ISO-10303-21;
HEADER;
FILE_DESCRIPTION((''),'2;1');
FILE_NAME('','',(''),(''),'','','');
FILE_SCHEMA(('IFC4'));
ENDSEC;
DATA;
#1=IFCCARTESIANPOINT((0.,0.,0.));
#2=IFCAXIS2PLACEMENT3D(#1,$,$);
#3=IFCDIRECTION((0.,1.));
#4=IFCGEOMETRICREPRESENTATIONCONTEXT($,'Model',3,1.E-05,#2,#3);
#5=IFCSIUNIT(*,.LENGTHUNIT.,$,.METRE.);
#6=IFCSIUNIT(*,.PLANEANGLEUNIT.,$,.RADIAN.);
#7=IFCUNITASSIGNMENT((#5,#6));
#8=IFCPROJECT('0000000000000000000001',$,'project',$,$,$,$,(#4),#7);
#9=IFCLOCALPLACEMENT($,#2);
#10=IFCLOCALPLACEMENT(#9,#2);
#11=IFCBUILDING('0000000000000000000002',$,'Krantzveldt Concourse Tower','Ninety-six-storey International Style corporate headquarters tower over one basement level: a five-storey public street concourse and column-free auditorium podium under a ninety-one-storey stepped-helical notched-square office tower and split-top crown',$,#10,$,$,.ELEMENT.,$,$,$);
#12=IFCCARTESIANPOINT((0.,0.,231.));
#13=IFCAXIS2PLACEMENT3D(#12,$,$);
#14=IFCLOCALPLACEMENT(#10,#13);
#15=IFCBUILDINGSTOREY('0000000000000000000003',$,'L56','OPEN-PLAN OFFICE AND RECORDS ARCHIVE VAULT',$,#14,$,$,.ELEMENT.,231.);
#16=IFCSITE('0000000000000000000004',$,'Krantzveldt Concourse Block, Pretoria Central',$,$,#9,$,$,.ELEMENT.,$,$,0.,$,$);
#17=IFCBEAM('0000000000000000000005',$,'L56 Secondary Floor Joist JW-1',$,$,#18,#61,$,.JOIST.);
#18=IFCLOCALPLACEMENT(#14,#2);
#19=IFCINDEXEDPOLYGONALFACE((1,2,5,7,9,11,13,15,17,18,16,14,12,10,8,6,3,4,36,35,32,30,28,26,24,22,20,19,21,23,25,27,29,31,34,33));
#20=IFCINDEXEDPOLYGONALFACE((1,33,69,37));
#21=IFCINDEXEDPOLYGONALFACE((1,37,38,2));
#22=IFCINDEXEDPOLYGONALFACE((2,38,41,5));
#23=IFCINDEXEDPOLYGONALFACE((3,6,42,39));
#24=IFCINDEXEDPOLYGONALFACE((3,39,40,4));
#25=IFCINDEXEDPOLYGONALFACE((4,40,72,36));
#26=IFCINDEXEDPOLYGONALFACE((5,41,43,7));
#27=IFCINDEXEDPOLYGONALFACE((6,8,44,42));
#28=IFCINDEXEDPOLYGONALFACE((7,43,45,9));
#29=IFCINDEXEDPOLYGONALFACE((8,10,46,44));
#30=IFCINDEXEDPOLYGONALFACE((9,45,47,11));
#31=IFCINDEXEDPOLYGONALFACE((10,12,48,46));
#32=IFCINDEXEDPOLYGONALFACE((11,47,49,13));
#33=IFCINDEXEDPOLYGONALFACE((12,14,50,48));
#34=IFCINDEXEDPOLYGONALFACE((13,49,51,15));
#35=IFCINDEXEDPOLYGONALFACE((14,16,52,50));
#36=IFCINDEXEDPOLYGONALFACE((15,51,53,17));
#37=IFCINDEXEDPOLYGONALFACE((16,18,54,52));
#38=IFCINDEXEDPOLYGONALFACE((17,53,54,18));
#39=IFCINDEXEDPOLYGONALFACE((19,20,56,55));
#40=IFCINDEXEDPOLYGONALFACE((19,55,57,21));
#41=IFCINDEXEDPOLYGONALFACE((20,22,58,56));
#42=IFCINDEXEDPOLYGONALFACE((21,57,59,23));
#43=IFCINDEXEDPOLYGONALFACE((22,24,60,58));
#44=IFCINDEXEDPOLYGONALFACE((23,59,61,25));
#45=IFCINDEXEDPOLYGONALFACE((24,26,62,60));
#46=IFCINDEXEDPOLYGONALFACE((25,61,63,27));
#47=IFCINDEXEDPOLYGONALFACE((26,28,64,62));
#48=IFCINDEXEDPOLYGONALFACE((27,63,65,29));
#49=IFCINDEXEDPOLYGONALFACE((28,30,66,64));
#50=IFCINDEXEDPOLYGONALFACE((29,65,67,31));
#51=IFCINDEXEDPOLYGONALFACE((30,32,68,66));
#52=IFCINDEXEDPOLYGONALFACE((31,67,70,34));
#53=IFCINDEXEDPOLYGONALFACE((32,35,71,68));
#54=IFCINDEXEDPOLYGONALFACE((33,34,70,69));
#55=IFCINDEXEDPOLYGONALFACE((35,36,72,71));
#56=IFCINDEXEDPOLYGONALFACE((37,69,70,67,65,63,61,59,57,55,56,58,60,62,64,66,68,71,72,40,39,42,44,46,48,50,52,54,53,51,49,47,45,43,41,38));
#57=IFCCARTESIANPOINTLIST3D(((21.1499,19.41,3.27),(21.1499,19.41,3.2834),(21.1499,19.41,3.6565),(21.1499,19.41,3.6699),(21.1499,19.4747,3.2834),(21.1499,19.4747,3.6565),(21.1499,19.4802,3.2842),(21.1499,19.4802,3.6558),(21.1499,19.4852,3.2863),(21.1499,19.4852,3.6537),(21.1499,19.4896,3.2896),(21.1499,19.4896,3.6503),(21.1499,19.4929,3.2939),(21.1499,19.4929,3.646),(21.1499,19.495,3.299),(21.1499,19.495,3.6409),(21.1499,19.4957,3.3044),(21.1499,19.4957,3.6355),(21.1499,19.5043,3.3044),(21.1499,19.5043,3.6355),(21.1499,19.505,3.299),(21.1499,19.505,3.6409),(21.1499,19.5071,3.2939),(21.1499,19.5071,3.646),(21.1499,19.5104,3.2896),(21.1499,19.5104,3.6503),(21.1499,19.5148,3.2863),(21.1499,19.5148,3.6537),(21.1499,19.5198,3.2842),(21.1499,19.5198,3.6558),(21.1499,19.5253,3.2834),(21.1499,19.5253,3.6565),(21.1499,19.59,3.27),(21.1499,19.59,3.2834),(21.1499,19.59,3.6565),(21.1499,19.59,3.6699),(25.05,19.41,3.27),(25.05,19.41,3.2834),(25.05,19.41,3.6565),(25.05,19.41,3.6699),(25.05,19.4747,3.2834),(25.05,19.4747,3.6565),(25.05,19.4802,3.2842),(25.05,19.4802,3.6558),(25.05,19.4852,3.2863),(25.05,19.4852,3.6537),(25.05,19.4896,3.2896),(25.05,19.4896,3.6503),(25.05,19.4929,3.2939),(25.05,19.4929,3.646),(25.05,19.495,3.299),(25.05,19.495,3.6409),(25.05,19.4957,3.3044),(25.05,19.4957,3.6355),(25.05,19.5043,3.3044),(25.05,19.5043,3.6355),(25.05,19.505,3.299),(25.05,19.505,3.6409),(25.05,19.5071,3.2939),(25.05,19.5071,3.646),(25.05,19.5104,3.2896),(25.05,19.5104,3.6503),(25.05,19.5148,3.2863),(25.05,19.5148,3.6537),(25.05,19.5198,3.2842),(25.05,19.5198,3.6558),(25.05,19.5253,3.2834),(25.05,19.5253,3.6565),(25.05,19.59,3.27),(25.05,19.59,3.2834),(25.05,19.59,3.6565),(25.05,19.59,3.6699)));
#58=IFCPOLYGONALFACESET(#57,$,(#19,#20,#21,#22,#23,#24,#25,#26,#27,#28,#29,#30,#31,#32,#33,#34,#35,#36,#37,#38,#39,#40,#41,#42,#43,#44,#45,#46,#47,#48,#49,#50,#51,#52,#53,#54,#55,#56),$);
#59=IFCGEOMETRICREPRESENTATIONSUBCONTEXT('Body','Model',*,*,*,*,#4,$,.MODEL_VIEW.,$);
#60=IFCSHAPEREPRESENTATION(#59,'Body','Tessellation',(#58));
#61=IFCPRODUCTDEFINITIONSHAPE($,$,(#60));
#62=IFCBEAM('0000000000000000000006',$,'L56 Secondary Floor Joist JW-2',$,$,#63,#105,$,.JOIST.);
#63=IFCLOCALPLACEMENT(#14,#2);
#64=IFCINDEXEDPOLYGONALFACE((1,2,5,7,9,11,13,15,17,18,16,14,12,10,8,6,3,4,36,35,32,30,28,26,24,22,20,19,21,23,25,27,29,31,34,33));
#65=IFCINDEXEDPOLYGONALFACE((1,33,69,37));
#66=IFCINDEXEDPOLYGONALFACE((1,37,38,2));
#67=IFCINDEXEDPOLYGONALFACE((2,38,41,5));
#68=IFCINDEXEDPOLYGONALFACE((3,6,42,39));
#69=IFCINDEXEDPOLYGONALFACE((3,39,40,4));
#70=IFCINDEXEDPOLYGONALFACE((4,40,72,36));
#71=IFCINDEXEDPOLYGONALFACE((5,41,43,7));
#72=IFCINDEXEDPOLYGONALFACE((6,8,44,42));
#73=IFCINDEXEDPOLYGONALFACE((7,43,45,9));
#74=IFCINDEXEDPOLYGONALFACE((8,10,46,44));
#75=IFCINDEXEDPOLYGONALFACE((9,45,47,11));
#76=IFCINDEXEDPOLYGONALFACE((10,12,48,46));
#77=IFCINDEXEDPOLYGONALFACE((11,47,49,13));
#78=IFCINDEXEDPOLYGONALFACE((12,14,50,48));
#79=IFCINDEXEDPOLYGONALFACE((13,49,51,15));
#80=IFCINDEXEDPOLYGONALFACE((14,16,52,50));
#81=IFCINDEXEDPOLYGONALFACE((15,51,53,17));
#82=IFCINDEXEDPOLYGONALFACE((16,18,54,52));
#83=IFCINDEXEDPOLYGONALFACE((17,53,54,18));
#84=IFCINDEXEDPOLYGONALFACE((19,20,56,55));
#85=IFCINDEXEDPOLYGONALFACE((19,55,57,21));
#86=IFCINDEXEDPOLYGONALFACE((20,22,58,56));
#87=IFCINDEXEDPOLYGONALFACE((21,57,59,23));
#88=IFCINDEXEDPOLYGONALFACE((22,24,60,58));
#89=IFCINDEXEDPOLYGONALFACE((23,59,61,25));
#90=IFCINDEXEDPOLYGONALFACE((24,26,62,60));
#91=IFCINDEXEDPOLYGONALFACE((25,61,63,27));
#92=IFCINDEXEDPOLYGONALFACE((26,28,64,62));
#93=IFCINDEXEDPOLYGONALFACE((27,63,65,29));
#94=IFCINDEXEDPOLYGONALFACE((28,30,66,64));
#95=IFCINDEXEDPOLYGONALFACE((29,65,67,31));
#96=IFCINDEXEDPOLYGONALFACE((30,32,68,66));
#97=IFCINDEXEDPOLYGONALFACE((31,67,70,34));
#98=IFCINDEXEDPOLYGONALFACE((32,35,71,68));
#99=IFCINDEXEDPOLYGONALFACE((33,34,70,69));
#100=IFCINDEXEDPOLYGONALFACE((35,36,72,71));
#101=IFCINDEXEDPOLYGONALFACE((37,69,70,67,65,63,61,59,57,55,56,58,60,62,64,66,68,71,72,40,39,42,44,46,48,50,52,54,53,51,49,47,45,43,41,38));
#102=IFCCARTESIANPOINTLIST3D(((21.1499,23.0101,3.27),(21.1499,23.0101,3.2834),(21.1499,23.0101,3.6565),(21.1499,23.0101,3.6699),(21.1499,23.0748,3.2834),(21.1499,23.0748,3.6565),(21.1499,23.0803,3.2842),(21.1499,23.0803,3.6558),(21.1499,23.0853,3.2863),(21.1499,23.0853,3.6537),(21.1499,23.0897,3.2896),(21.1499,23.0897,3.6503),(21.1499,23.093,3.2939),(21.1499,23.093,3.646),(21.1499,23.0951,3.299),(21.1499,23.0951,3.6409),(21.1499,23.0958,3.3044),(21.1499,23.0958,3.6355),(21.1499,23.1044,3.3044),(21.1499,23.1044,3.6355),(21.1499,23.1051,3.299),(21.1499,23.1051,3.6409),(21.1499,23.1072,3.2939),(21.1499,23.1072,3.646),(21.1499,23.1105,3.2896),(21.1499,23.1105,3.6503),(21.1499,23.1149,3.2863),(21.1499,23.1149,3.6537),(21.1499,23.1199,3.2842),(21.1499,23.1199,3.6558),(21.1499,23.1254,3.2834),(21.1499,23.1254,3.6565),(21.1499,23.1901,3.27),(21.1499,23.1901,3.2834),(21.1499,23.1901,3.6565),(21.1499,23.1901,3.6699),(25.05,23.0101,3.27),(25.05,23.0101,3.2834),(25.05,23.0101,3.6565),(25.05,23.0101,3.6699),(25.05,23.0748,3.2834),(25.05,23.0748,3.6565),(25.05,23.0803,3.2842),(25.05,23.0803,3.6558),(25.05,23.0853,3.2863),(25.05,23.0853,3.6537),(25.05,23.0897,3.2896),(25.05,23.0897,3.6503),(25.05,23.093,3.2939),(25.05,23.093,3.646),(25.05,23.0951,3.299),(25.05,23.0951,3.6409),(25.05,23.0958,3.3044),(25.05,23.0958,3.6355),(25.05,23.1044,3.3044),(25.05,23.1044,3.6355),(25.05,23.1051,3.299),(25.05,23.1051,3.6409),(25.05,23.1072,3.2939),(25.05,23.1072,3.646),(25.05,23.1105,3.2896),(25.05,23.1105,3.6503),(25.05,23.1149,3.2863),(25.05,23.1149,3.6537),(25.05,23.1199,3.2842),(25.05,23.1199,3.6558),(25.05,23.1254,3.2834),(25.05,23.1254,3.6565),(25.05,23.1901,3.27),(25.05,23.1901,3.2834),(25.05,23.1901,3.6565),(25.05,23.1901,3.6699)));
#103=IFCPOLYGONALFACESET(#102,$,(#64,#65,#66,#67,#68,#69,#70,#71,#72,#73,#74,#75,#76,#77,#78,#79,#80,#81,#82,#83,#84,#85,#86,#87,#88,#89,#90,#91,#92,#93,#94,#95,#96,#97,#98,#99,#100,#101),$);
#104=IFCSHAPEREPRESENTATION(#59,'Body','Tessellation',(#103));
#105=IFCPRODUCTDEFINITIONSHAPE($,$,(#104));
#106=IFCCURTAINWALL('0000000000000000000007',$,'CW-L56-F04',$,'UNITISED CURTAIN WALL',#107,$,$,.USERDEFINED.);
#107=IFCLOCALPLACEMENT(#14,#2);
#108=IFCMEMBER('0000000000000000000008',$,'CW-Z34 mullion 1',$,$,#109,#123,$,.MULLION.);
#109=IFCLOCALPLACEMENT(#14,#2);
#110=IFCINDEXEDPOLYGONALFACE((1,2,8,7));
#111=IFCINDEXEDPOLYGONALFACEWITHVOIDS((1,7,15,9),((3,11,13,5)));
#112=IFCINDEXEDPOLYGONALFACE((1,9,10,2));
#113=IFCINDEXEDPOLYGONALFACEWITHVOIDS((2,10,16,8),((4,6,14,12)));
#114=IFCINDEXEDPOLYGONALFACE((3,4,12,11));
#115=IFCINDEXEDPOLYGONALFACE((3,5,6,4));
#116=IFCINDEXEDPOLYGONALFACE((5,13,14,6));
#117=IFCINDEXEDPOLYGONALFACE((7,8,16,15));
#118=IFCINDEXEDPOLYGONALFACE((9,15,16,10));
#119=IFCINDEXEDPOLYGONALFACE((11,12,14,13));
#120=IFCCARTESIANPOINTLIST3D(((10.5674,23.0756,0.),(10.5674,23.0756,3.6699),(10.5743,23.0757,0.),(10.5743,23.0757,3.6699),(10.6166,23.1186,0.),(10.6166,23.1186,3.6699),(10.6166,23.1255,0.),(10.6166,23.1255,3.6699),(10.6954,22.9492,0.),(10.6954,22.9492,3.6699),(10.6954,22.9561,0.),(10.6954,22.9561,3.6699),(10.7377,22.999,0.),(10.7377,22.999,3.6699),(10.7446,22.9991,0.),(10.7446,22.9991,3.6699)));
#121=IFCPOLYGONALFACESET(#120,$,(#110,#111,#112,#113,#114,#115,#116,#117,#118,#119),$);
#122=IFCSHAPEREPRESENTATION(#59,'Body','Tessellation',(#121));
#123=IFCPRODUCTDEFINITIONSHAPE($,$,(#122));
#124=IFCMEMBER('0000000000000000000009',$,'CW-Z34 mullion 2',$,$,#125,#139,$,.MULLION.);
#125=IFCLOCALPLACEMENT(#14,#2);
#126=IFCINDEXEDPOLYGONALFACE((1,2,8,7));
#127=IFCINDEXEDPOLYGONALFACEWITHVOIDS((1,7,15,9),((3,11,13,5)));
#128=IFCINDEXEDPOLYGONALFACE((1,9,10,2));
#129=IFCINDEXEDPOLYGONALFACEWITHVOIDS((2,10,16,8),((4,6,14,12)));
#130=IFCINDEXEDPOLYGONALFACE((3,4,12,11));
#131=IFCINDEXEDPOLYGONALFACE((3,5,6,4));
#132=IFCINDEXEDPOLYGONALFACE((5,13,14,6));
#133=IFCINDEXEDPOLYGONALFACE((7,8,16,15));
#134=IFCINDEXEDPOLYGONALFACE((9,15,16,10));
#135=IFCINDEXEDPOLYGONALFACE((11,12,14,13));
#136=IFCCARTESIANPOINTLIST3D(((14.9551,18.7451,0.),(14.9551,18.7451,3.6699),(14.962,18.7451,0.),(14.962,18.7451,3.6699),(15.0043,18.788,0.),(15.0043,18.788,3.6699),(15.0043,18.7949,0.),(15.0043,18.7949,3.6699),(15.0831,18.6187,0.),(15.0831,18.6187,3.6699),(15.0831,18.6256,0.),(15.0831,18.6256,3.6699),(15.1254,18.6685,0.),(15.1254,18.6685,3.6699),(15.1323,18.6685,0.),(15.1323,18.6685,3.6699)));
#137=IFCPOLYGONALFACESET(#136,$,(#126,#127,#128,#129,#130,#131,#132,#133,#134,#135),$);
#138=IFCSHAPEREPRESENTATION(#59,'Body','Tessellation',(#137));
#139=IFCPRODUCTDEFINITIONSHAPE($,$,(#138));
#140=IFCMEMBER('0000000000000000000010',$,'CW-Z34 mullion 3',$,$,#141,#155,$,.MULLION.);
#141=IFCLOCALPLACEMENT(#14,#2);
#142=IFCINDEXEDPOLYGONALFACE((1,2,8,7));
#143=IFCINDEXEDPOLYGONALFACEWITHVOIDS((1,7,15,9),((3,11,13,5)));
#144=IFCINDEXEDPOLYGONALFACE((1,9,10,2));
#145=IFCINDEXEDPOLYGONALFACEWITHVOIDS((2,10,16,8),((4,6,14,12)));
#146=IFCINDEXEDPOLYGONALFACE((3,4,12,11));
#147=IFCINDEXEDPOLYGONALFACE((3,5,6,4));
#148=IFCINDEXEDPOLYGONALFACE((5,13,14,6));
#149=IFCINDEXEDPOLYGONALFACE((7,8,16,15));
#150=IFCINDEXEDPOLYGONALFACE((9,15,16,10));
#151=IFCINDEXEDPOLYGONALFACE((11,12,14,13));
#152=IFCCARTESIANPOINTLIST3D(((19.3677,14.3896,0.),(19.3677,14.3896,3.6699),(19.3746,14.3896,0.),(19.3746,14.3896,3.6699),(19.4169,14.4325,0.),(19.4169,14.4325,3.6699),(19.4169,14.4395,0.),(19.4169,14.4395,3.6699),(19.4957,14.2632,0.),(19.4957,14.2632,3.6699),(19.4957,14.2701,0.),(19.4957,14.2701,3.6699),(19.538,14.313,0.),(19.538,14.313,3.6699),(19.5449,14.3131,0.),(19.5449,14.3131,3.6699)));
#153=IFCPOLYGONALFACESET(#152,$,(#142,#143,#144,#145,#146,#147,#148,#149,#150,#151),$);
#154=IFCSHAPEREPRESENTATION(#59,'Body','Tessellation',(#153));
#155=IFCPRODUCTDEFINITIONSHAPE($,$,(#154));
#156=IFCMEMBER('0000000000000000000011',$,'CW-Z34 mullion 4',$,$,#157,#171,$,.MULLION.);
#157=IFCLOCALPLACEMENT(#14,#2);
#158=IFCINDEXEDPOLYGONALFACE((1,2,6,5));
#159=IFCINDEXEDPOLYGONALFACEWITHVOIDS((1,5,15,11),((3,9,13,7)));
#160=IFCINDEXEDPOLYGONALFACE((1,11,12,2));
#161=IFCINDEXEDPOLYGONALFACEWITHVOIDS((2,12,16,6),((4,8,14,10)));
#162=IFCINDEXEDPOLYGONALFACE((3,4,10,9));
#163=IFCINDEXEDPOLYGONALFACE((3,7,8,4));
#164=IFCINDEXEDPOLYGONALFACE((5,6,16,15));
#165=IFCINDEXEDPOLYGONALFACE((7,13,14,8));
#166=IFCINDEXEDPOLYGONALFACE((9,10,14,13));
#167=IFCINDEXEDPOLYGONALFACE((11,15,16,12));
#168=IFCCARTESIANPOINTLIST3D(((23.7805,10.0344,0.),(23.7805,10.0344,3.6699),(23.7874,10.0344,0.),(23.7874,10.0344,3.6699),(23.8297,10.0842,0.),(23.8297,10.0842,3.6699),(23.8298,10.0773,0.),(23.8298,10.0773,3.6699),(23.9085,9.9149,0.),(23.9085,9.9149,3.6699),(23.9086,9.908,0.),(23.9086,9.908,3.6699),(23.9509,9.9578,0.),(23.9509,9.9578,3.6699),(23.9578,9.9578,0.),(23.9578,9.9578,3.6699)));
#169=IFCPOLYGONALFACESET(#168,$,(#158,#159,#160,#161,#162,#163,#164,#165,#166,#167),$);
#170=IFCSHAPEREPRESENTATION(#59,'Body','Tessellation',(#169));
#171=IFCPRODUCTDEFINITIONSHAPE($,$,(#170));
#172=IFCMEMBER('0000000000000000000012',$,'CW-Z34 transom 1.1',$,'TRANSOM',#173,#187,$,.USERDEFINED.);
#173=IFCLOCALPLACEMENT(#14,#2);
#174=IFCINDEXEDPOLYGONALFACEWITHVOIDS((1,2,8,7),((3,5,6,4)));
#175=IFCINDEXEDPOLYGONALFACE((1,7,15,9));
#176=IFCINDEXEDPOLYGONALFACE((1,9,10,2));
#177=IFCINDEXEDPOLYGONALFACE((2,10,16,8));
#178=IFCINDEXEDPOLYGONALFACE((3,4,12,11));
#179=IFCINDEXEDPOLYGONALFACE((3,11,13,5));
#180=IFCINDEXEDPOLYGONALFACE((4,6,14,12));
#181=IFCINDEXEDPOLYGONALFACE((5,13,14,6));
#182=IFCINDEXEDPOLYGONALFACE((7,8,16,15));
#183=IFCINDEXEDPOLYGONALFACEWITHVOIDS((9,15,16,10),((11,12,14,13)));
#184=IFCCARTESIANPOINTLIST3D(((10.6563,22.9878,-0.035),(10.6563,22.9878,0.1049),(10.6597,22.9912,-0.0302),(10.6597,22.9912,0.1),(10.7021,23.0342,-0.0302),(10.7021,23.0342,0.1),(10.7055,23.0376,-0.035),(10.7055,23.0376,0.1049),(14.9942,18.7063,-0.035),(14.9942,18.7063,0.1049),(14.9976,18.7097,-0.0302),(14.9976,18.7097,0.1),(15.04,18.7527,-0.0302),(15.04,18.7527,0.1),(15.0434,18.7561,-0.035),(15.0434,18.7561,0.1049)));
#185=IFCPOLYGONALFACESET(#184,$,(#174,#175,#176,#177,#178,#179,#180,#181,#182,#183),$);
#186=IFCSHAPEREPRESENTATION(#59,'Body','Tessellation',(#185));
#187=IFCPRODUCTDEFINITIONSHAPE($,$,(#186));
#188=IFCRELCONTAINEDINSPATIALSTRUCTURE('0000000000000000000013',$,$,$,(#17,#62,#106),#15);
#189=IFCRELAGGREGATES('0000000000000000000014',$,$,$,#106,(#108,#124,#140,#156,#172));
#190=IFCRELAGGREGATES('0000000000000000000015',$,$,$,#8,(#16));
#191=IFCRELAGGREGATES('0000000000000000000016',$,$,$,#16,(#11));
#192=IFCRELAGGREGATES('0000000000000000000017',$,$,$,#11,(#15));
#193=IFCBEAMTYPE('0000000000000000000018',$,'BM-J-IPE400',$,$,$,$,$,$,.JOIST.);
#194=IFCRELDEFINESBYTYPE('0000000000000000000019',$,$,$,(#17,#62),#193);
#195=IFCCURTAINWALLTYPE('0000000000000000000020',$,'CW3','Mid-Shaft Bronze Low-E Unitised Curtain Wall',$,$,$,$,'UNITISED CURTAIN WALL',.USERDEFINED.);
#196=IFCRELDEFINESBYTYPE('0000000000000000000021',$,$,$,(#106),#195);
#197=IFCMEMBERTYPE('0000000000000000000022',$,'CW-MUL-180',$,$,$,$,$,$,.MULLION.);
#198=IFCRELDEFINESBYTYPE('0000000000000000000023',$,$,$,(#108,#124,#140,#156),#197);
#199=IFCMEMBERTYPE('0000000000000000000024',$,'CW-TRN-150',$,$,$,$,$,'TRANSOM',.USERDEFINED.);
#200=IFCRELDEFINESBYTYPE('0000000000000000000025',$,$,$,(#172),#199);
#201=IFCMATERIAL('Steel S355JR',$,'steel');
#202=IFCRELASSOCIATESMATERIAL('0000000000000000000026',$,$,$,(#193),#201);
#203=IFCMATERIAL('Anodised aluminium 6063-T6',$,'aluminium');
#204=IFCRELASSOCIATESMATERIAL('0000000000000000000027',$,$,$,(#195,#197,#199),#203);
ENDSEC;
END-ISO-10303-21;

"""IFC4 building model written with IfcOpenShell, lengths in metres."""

from ifc_helpers import new_model, si_unit, direction, frame, origin, origin_2d, place, context, subcontext, project, spatial, hollow_rectangle, i_section, extrude, source, transform, mapped, material, material_profile, profile_set, type_object, type_shapes, element, aggregate, save


model = new_model("IFC4")

# Units and contexts
model_context = context("Model", 3, precision=1e-05, world=origin(), true_north=direction((0.0, 1.0)))
body_context = subcontext(model_context, "Body", "Model", "MODEL_VIEW")
ifc_project = project(units=[si_unit("LENGTHUNIT", "METRE"), si_unit("PLANEANGLEUNIT", "RADIAN")], contexts=[model_context])

# Site, building, storey
site_placement = place(None, origin())
site = spatial("IfcSite", under=ifc_project, at=site_placement, Name="Krantzveldt Concourse Block, Pretoria Central", CompositionType="ELEMENT", RefElevation=0.0)
building_placement = place(site_placement, origin())
building = spatial("IfcBuilding", under=site, at=building_placement, Name="Krantzveldt Concourse Tower", Description="Ninety-six-storey International Style corporate headquarters tower over one basement level: a five-storey public street concourse and column-free auditorium podium under a ninety-one-storey stepped-helical notched-square office tower and split-top crown", CompositionType="ELEMENT")
storey_placement = place(building_placement, frame((0.0, 0.0, 231.0)))
storey = spatial("IfcBuildingStorey", under=building, at=storey_placement, Name="L56", Description="OPEN-PLAN OFFICE AND RECORDS ARCHIVE VAULT", CompositionType="ELEMENT", Elevation=231.0)

# Beams
ifc_material_1 = material(Name="Steel S355JR", Category="steel")
ifc_material_profile_1 = material_profile(ifc_material_1, i_section(OverallWidth=0.1799, OverallDepth=0.3999, WebThickness=0.0085, FlangeThickness=0.0134, FilletRadius=0.021, at=origin_2d()), Name="Steel S355JR", Category="steel")
ifc_profile_set_1 = profile_set([ifc_material_profile_1], Name="Steel S355JR - IPE 400")
beam_type_1 = type_object("IfcBeamType", Name="BM-J-IPE400", PredefinedType="JOIST", material=ifc_profile_set_1)
shared_shape_1 = source(origin(), body_context, "Body", "SweptSolid", [
    extrude(i_section(OverallWidth=0.1799, OverallDepth=0.3999, WebThickness=0.0085, FlangeThickness=0.0134, FilletRadius=0.021, at=origin_2d()), origin(), (0.0, 0.0, 1.0), 3.9001),
])
type_shapes(beam_type_1, [shared_shape_1])
for number, where, z_axis, x_axis, name in (
    (1, (21.1499, 19.5, 3.47), (1.0, 0.0, 0.0), (0.0, 1.0, 0.0), "L56 Secondary Floor Joist JW-1"),
    (2, (21.1499, 23.1001, 3.47), (1.0, 0.0, 0.0), (0.0, 1.0, 0.0), "L56 Secondary Floor Joist JW-2"),
):
    element("IfcBeam", number, at=place(storey_placement, frame(where, z_axis=z_axis, x_axis=x_axis)), inside=storey, type_object=beam_type_1, Name=name, PredefinedType="JOIST", context=body_context, shape_type="MappedRepresentation", body=[
        mapped(shared_shape_1, transform((0.0, 0.0, 0.0), x_axis=(1.0, 0.0, 0.0), y_axis=(0.0, 1.0, 0.0), z_axis=(0.0, 0.0, 1.0), scale=1.0)),
    ])

# Curtain wall, members
ifc_material_2 = material(Name="Anodised aluminium 6063-T6", Category="aluminium")
curtain_wall_type = type_object("IfcCurtainWallType", Name="CW3", Description="Mid-Shaft Bronze Low-E Unitised Curtain Wall", ElementType="UNITISED CURTAIN WALL", PredefinedType="USERDEFINED", material=ifc_material_2)
curtain_wall_placement = place(storey_placement, origin())
curtain_wall = element("IfcCurtainWall", 3, at=curtain_wall_placement, inside=storey, type_object=curtain_wall_type, Name="CW-L56-F04", ObjectType="UNITISED CURTAIN WALL", PredefinedType="USERDEFINED")
ifc_material_profile_2 = material_profile(ifc_material_2, hollow_rectangle(XDim=0.0701, YDim=0.1799, WallThickness=0.0049, at=origin_2d()), Name="Anodised aluminium 6063-T6", Category="aluminium")
ifc_profile_set_2 = profile_set([ifc_material_profile_2], Name="Anodised aluminium 6063-T6 - ALU-MULL 180x70x5")
member_type_1 = type_object("IfcMemberType", Name="CW-MUL-180", PredefinedType="MULLION", material=ifc_profile_set_2)
shared_shape_2 = source(origin(), body_context, "Body", "SweptSolid", [
    extrude(hollow_rectangle(XDim=0.0701, YDim=0.1799, WallThickness=0.0049, at=origin_2d()), origin(), (0.0, 0.0, 1.0), 3.6699),
])
type_shapes(member_type_1, [shared_shape_2])
member_1_placement = place(storey_placement, frame((10.656, 23.0374, 0.0), z_axis=(0.0, 0.0, 1.0), x_axis=(0.702464, 0.71172, 0.0)))
member_1 = element("IfcMember", 4, at=member_1_placement, type_object=member_type_1, Name="CW-Z34 mullion 1", PredefinedType="MULLION", context=body_context, shape_type="MappedRepresentation", body=[
    mapped(shared_shape_2, transform((0.0, 0.0, 0.0), x_axis=(1.0, 0.0, 0.0), y_axis=(0.0, 1.0, 0.0), z_axis=(0.0, 0.0, 1.0), scale=1.0)),
])
member_2_placement = place(storey_placement, frame((15.0437, 18.7068, 0.0), z_axis=(0.0, 0.0, 1.0), x_axis=(0.702464, 0.71172, 0.0)))
member_2 = element("IfcMember", 5, at=member_2_placement, type_object=member_type_1, Name="CW-Z34 mullion 2", PredefinedType="MULLION", context=body_context, shape_type="MappedRepresentation", body=[
    mapped(shared_shape_2, transform((0.0, 0.0, 0.0), x_axis=(1.0, 0.0, 0.0), y_axis=(0.0, 1.0, 0.0), z_axis=(0.0, 0.0, 1.0), scale=1.0)),
])
member_3_placement = place(storey_placement, frame((19.4563, 14.3513, 0.0), z_axis=(0.0, 0.0, 1.0), x_axis=(0.702464, 0.71172, 0.0)))
member_3 = element("IfcMember", 6, at=member_3_placement, type_object=member_type_1, Name="CW-Z34 mullion 3", PredefinedType="MULLION", context=body_context, shape_type="MappedRepresentation", body=[
    mapped(shared_shape_2, transform((0.0, 0.0, 0.0), x_axis=(1.0, 0.0, 0.0), y_axis=(0.0, 1.0, 0.0), z_axis=(0.0, 0.0, 1.0), scale=1.0)),
])
member_4_placement = place(storey_placement, frame((23.8691, 9.9961, 0.0), z_axis=(0.0, 0.0, 1.0), x_axis=(0.702464, 0.71172, 0.0)))
member_4 = element("IfcMember", 7, at=member_4_placement, type_object=member_type_1, Name="CW-Z34 mullion 4", PredefinedType="MULLION", context=body_context, shape_type="MappedRepresentation", body=[
    mapped(shared_shape_2, transform((0.0, 0.0, 0.0), x_axis=(1.0, 0.0, 0.0), y_axis=(0.0, 1.0, 0.0), z_axis=(0.0, 0.0, 1.0), scale=1.0)),
])
ifc_material_profile_3 = material_profile(ifc_material_2, hollow_rectangle(XDim=0.0701, YDim=0.1399, WallThickness=0.0049, at=origin_2d()), Name="Anodised aluminium 6063-T6", Category="aluminium")
ifc_profile_set_3 = profile_set([ifc_material_profile_3], Name="Anodised aluminium 6063-T6 - ALU-TRAN 140x70x5")
member_type_2 = type_object("IfcMemberType", Name="CW-TRN-150", ElementType="TRANSOM", PredefinedType="USERDEFINED", material=ifc_profile_set_3)
shared_shape_3 = source(origin(), body_context, "Body", "SweptSolid", [
    extrude(hollow_rectangle(XDim=0.0701, YDim=0.1399, WallThickness=0.0049, at=origin_2d()), origin(), (0.0, 0.0, 1.0), 6.095),
])
member_5_placement = place(storey_placement, frame((10.6809, 23.0127, 0.0349), z_axis=(0.711718, -0.702465, 0.0), x_axis=(0.702465, 0.711718, 0.0)))
member_5 = element("IfcMember", 8, at=member_5_placement, type_object=member_type_2, Name="CW-Z34 transom 1.1", ObjectType="TRANSOM", PredefinedType="USERDEFINED", context=body_context, shape_type="MappedRepresentation", body=[
    mapped(shared_shape_3, transform((0.0, 0.0, 0.0), x_axis=(1.0, 0.0, 0.0), y_axis=(0.0, 1.0, 0.0), z_axis=(0.0, 0.0, 1.0), scale=1.0)),
])

aggregate(curtain_wall, [member_1, member_2, member_3, member_4, member_5])

save(model, "model.ifc")
